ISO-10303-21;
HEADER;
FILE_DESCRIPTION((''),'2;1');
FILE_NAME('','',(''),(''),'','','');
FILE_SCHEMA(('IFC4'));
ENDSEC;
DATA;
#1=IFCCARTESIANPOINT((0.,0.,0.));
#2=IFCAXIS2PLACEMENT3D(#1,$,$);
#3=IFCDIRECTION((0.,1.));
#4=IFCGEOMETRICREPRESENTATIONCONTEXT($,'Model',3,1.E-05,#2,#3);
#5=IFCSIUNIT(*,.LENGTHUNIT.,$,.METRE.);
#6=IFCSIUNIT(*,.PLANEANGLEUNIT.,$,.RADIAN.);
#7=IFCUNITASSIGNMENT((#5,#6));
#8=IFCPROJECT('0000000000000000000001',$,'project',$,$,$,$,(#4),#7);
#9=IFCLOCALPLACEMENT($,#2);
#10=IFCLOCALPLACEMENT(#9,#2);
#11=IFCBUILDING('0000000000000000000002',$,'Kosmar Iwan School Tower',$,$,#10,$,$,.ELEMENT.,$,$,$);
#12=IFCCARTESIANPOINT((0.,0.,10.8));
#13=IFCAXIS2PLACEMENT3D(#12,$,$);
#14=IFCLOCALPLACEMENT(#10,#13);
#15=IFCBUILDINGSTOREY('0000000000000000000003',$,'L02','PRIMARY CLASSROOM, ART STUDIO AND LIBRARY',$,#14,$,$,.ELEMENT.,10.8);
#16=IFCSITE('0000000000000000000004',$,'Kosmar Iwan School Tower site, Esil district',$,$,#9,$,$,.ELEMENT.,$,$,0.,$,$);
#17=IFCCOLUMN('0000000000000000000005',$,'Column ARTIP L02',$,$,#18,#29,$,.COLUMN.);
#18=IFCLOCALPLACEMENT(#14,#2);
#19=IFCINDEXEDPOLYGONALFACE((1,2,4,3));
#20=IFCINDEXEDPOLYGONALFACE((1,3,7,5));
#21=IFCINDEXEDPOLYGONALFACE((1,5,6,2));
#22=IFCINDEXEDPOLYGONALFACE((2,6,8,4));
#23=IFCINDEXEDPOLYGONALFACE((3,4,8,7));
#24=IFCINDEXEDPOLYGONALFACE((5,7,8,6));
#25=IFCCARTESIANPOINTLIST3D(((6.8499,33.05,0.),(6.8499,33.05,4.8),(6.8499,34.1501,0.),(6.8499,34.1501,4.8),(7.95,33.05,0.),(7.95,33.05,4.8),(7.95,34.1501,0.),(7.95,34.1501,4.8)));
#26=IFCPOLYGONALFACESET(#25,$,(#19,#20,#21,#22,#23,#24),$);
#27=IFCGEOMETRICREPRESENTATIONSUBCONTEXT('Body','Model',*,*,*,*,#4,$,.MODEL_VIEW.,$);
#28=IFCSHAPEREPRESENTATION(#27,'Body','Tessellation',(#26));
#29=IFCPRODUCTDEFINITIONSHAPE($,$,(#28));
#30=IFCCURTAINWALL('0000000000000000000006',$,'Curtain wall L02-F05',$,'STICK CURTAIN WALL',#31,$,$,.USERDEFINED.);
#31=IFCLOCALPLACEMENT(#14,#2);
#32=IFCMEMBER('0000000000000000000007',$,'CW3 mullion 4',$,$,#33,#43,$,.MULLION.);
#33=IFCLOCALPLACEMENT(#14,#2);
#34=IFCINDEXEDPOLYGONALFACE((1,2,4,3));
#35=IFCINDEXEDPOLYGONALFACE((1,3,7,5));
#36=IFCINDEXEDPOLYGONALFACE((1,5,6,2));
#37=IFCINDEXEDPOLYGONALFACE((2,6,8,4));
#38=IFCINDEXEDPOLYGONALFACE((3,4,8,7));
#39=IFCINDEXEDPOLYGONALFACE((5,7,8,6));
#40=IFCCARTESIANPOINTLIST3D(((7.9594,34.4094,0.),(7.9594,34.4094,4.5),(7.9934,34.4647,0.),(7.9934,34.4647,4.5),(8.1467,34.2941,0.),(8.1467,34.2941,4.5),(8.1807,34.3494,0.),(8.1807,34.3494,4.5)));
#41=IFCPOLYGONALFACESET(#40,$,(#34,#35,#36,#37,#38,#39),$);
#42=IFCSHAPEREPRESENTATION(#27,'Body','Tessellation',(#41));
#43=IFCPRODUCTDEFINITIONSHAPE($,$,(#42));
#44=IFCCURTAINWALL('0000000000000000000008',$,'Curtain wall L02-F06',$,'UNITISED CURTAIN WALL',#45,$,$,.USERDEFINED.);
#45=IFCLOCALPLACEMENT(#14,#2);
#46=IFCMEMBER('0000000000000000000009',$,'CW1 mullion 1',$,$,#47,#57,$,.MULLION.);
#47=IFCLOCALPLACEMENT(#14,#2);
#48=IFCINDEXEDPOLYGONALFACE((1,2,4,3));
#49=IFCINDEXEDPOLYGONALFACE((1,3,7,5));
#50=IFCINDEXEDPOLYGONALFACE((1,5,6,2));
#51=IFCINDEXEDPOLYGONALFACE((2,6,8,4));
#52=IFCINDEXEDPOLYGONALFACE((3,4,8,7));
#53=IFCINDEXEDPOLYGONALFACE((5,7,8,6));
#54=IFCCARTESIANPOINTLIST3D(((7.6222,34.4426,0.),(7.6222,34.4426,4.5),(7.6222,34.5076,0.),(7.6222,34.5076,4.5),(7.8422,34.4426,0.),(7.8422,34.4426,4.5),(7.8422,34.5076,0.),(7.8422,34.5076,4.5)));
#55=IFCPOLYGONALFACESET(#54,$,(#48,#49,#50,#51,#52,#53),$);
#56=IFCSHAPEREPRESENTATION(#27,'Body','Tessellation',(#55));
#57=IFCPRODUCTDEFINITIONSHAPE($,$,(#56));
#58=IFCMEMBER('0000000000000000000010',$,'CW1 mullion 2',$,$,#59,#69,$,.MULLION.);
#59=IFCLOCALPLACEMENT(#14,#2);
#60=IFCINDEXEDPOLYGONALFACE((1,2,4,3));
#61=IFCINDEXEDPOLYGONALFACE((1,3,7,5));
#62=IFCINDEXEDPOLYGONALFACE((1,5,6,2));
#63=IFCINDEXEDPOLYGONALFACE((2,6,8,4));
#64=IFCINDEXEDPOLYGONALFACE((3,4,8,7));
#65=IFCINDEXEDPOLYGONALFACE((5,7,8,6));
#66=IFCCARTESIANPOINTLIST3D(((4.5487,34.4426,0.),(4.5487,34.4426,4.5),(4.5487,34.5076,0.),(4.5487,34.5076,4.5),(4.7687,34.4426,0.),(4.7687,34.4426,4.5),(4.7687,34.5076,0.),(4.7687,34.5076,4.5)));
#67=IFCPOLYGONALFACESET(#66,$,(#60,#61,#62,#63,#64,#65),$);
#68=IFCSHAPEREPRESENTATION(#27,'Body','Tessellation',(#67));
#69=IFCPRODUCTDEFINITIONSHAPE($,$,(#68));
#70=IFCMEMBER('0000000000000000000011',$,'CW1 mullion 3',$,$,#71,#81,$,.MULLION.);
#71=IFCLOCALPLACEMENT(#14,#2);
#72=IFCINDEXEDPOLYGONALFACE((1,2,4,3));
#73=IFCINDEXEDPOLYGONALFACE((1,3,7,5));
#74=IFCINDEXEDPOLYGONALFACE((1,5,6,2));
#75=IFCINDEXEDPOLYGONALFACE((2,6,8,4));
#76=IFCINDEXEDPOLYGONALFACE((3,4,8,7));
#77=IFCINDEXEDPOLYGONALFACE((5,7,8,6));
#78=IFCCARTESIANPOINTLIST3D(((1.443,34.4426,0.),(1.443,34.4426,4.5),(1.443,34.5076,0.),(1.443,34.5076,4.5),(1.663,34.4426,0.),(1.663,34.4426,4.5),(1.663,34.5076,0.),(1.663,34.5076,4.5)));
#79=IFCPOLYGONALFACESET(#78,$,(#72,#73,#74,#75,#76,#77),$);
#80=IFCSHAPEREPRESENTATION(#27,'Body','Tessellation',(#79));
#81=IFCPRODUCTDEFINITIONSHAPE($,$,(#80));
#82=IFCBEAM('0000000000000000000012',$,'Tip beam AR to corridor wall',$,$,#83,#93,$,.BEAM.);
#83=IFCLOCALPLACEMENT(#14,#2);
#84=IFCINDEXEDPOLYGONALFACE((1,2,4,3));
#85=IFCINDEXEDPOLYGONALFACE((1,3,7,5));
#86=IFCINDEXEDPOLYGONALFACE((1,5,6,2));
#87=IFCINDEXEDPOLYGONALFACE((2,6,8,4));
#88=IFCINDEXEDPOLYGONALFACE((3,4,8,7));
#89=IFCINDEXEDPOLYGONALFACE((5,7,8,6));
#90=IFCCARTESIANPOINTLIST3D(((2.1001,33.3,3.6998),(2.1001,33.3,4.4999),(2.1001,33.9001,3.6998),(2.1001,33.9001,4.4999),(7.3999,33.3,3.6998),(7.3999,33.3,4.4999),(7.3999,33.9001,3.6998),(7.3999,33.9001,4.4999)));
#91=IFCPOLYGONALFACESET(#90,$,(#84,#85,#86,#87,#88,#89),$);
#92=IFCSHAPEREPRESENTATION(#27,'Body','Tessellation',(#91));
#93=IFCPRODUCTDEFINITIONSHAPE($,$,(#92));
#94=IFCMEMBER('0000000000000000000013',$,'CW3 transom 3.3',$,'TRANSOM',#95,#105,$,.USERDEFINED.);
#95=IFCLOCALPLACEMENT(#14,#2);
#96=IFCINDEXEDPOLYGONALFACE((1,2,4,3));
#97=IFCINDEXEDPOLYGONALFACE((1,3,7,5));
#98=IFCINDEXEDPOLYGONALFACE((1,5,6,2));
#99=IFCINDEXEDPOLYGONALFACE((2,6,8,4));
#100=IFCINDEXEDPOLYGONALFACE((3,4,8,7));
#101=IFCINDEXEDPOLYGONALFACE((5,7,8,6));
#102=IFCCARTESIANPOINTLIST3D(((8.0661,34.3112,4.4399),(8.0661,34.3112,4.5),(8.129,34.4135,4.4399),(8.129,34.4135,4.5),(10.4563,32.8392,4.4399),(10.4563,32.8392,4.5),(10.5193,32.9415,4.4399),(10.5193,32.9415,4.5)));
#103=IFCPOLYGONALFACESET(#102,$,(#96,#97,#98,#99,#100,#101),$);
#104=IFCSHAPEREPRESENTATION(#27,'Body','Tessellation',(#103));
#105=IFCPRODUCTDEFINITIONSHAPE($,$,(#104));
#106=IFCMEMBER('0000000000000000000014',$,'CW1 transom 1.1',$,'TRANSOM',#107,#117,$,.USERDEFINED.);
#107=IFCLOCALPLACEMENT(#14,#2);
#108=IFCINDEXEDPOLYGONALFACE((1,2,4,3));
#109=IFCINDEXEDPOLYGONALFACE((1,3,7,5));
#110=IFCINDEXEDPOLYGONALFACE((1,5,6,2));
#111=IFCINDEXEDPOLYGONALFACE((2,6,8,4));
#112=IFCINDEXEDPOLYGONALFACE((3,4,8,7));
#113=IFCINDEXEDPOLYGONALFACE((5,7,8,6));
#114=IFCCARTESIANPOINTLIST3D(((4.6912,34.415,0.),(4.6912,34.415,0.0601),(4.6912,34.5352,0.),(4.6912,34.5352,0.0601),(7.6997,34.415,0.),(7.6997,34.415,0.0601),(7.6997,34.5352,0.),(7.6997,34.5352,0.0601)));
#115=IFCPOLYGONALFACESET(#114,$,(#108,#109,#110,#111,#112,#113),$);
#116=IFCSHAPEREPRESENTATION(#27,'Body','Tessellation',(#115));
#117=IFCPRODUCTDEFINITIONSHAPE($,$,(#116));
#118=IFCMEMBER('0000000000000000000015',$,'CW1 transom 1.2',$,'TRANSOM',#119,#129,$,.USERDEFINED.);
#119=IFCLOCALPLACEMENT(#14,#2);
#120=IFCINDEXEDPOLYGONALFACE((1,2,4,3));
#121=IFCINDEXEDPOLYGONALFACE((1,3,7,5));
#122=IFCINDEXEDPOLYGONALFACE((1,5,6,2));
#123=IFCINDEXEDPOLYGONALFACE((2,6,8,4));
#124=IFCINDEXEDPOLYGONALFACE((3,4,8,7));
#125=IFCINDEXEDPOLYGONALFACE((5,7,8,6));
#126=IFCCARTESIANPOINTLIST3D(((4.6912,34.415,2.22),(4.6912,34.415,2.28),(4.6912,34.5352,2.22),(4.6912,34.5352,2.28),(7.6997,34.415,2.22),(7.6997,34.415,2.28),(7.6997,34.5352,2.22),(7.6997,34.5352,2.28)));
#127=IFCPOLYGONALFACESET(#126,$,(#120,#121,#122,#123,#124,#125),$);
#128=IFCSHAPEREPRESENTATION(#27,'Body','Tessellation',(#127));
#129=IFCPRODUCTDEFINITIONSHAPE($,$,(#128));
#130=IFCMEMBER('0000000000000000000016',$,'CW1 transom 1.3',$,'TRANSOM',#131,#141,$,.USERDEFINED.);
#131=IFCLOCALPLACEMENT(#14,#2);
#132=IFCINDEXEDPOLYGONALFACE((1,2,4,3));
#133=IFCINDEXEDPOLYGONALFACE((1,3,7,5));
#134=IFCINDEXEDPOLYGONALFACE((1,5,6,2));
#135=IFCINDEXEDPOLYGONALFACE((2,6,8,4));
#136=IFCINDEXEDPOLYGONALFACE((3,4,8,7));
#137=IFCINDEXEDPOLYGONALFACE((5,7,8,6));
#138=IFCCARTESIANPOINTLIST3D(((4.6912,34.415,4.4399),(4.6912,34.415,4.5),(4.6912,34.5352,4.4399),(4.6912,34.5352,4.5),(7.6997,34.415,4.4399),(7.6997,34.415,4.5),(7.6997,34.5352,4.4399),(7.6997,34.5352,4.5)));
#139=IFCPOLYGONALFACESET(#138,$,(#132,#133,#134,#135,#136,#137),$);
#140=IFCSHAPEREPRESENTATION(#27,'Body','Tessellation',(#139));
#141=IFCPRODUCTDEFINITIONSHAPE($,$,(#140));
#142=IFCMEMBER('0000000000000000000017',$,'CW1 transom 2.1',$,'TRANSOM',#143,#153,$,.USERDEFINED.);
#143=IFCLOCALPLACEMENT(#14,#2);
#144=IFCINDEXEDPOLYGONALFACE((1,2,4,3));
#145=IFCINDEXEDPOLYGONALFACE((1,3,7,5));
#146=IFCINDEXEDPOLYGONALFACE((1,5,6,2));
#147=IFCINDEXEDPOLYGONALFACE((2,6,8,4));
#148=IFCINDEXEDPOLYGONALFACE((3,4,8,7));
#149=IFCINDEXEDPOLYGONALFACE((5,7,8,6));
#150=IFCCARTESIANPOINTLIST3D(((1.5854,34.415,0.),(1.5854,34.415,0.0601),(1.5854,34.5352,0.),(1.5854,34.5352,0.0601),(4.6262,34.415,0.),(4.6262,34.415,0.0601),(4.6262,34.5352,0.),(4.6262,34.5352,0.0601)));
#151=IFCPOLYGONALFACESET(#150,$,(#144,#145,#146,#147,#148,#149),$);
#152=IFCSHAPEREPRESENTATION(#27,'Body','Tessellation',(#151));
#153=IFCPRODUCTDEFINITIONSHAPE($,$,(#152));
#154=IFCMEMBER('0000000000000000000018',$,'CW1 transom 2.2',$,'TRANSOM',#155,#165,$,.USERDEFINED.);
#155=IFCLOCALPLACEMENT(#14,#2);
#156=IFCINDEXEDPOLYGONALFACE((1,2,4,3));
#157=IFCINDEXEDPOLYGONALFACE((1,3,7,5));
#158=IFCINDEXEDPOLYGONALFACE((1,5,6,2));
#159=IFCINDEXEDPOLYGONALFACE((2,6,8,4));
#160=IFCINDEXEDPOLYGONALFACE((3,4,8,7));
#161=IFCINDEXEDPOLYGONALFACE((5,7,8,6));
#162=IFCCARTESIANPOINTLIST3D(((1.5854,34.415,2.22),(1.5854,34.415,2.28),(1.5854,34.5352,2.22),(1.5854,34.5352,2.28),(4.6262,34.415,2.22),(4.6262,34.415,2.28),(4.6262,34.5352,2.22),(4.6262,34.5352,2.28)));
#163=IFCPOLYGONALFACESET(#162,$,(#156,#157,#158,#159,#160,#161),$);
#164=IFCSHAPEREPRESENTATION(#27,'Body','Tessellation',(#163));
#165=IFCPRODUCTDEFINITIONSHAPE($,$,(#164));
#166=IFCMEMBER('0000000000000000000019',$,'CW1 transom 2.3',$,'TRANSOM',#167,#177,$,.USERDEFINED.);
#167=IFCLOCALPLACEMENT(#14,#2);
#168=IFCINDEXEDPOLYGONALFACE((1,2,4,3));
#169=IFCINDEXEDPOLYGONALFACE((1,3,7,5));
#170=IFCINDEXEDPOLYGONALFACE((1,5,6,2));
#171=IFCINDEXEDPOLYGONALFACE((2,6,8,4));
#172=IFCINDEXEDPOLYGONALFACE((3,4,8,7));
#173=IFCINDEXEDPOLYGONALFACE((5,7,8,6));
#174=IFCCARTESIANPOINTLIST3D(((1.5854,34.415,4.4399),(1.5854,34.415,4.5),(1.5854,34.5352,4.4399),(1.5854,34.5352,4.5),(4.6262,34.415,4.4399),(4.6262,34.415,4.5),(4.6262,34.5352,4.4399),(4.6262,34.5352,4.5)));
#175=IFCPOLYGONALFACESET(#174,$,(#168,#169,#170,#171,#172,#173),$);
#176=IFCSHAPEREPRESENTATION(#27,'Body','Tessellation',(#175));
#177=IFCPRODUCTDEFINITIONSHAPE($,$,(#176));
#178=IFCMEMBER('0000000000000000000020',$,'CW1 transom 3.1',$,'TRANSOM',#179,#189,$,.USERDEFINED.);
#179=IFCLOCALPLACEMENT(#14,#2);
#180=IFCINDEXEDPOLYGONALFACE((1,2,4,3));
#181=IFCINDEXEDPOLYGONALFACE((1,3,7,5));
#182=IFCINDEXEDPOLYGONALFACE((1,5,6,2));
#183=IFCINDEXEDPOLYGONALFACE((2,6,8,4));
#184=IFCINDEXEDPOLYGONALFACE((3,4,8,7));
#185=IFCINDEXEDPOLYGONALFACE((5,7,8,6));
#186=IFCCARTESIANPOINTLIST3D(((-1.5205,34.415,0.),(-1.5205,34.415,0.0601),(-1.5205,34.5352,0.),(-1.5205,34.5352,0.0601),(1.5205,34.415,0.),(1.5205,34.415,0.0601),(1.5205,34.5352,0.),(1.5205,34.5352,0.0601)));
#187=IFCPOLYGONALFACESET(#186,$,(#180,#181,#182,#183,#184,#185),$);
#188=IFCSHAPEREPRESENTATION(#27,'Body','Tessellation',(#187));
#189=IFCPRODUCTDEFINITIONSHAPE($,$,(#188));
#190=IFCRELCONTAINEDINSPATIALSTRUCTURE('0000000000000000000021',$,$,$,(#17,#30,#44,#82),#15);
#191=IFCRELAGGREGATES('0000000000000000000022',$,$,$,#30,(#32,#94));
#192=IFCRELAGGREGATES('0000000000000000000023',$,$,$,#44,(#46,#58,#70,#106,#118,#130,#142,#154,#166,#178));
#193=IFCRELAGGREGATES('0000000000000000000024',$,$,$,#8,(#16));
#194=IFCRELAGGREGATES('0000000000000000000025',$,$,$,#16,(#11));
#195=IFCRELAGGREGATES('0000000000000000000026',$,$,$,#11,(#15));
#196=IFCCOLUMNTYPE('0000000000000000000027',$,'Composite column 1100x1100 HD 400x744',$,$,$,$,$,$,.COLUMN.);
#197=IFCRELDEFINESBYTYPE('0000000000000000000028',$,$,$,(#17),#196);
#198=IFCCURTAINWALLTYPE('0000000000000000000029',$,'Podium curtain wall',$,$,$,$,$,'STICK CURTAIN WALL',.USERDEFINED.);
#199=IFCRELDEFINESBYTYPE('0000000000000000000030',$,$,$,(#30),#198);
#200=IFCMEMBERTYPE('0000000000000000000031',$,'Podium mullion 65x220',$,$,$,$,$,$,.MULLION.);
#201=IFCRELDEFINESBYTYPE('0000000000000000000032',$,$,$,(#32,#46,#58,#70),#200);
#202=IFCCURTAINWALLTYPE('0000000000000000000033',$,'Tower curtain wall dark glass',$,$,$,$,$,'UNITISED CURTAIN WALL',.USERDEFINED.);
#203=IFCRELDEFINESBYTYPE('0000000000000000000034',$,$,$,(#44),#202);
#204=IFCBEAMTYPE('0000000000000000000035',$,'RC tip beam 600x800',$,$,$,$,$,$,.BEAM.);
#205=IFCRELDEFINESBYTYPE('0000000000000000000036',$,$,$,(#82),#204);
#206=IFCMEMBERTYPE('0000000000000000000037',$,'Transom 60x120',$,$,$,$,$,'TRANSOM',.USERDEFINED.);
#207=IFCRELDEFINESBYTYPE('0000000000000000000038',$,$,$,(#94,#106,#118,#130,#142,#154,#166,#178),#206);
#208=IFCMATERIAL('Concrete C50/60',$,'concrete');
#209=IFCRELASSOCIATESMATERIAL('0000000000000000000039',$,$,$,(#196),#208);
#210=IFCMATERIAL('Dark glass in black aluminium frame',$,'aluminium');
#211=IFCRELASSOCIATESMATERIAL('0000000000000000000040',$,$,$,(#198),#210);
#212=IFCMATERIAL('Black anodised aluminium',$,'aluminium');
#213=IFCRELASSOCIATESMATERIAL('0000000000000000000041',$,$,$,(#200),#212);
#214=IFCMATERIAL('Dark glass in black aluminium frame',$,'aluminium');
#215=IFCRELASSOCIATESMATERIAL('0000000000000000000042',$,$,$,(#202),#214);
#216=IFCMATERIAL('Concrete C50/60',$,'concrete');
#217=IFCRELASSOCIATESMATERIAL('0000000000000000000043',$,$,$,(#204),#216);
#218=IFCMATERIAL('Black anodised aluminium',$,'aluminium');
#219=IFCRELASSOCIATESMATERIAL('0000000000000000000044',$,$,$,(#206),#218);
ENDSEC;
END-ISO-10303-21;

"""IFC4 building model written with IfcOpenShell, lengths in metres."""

from ifc_helpers import new_model, si_unit, direction, frame, origin, origin_2d, place, context, subcontext, project, spatial, rectangle, extrude, material, material_profile, profile_set, type_object, element, aggregate, save


model = new_model("IFC4")

# Units and contexts
model_context = context("Model", 3, precision=1e-05, world=origin(), true_north=direction((0.0, 1.0)))
body_context = subcontext(model_context, "Body", "Model", "MODEL_VIEW")
ifc_project = project(units=[si_unit("LENGTHUNIT", "METRE"), si_unit("PLANEANGLEUNIT", "RADIAN")], contexts=[model_context])

# Site, building, storey
site_placement = place(None, origin())
site = spatial("IfcSite", under=ifc_project, at=site_placement, Name="Kosmar Iwan School Tower site, Esil district", CompositionType="ELEMENT", RefElevation=0.0)
building_placement = place(site_placement, origin())
building = spatial("IfcBuilding", under=site, at=building_placement, Name="Kosmar Iwan School Tower", CompositionType="ELEMENT")
storey_placement = place(building_placement, frame((0.0, 0.0, 10.8)))
storey = spatial("IfcBuildingStorey", under=building, at=storey_placement, Name="L02", Description="PRIMARY CLASSROOM, ART STUDIO AND LIBRARY", CompositionType="ELEMENT", Elevation=10.8)

# Column
ifc_material_1 = material(Name="Concrete C50/60", Category="concrete")
ifc_material_profile_1 = material_profile(ifc_material_1, rectangle(XDim=1.1001, YDim=1.1001, at=origin_2d()), Name="RC 1100x1100 + HD 400x744")
ifc_profile_set_1 = profile_set([ifc_material_profile_1], Name="Concrete C50/60")
column_type = type_object("IfcColumnType", Name="Composite column 1100x1100 HD 400x744", PredefinedType="COLUMN", material=ifc_profile_set_1)
column_placement = place(storey_placement, frame((7.3999, 33.6001, 0.0), z_axis=(0.0, 0.0, 1.0), x_axis=(0.0, 1.0, 0.0)))
element("IfcColumn", 1, at=column_placement, inside=storey, type_object=column_type, Name="Column ARTIP L02", PredefinedType="COLUMN", context=body_context, shape_type="SweptSolid", body=[
    extrude(rectangle(XDim=1.1001, YDim=1.1001, at=origin_2d()), origin(), (0.0, 0.0, 1.0), 4.8),
])

# Curtain wall, member
ifc_material_2 = material(Name="Dark glass in black aluminium frame", Category="aluminium")
curtain_wall_type_1 = type_object("IfcCurtainWallType", Name="Podium curtain wall", ElementType="STICK CURTAIN WALL", PredefinedType="USERDEFINED", material=ifc_material_2)
curtain_wall_1_placement = place(storey_placement, origin())
curtain_wall_1 = element("IfcCurtainWall", 2, at=curtain_wall_1_placement, inside=storey, type_object=curtain_wall_type_1, Name="Curtain wall L02-F05", ObjectType="STICK CURTAIN WALL", PredefinedType="USERDEFINED")
ifc_material_3 = material(Name="Black anodised aluminium", Category="aluminium")
ifc_material_profile_2 = material_profile(ifc_material_3, rectangle(XDim=0.0649, YDim=0.22, at=origin_2d()), Name="MULLION 65x220")
ifc_profile_set_2 = profile_set([ifc_material_profile_2], Name="Black anodised aluminium")
member_type_1 = type_object("IfcMemberType", Name="Podium mullion 65x220", PredefinedType="MULLION", material=ifc_profile_set_2)
member_1_placement = place(storey_placement, frame((8.0701, 34.3794, 0.0), z_axis=(0.0, 0.0, 1.0), x_axis=(-0.524382, -0.851483, 0.0)))
member_1 = element("IfcMember", 3, at=member_1_placement, type_object=member_type_1, Name="CW3 mullion 4", PredefinedType="MULLION", context=body_context, shape_type="SweptSolid", body=[
    extrude(rectangle(XDim=0.0649, YDim=0.22, at=origin_2d()), origin(), (0.0, 0.0, 1.0), 4.5),
])

# Curtain wall, members
ifc_material_4 = material(Name="Dark glass in black aluminium frame", Category="aluminium")
curtain_wall_type_2 = type_object("IfcCurtainWallType", Name="Tower curtain wall dark glass", ElementType="UNITISED CURTAIN WALL", PredefinedType="USERDEFINED", material=ifc_material_4)
curtain_wall_2_placement = place(storey_placement, origin())
curtain_wall_2 = element("IfcCurtainWall", 4, at=curtain_wall_2_placement, inside=storey, type_object=curtain_wall_type_2, Name="Curtain wall L02-F06", ObjectType="UNITISED CURTAIN WALL", PredefinedType="USERDEFINED")
member_2_placement = place(storey_placement, frame((7.7322, 34.4751, 0.0), z_axis=(0.0, 0.0, 1.0), x_axis=(0.0, -1.0, 0.0)))
member_2 = element("IfcMember", 5, at=member_2_placement, type_object=member_type_1, Name="CW1 mullion 1", PredefinedType="MULLION", context=body_context, shape_type="SweptSolid", body=[
    extrude(rectangle(XDim=0.0649, YDim=0.22, at=origin_2d()), origin(), (0.0, 0.0, 1.0), 4.5),
])
member_3_placement = place(storey_placement, frame((4.6587, 34.4751, 0.0), z_axis=(0.0, 0.0, 1.0), x_axis=(0.0, -1.0, 0.0)))
member_3 = element("IfcMember", 6, at=member_3_placement, type_object=member_type_1, Name="CW1 mullion 2", PredefinedType="MULLION", context=body_context, shape_type="SweptSolid", body=[
    extrude(rectangle(XDim=0.0649, YDim=0.22, at=origin_2d()), origin(), (0.0, 0.0, 1.0), 4.5),
])
member_4_placement = place(storey_placement, frame((1.553, 34.4751, 0.0), z_axis=(0.0, 0.0, 1.0), x_axis=(0.0, -1.0, 0.0)))
member_4 = element("IfcMember", 7, at=member_4_placement, type_object=member_type_1, Name="CW1 mullion 3", PredefinedType="MULLION", context=body_context, shape_type="SweptSolid", body=[
    extrude(rectangle(XDim=0.0649, YDim=0.22, at=origin_2d()), origin(), (0.0, 0.0, 1.0), 4.5),
])

# Beam
ifc_material_5 = material(Name="Concrete C50/60", Category="concrete")
ifc_material_profile_3 = material_profile(ifc_material_5, rectangle(XDim=0.6001, YDim=0.8, at=origin_2d()), Name="RC 600x800")
ifc_profile_set_3 = profile_set([ifc_material_profile_3], Name="Concrete C50/60")
beam_type = type_object("IfcBeamType", Name="RC tip beam 600x800", PredefinedType="BEAM", material=ifc_profile_set_3)
beam_placement = place(storey_placement, frame((7.3999, 33.6001, 4.0999), z_axis=(-1.0, 0.0, 0.0), x_axis=(0.0, -1.0, 0.0)))
element("IfcBeam", 8, at=beam_placement, inside=storey, type_object=beam_type, Name="Tip beam AR to corridor wall", PredefinedType="BEAM", context=body_context, shape_type="SweptSolid", body=[
    extrude(rectangle(XDim=0.6001, YDim=0.8, at=origin_2d()), origin(), (0.0, 0.0, 1.0), 5.2998),
])

# Members
ifc_material_6 = material(Name="Black anodised aluminium", Category="aluminium")
ifc_material_profile_4 = material_profile(ifc_material_6, rectangle(XDim=0.1201, YDim=0.0601, at=origin_2d()), Name="TRANSOM 60x120")
ifc_profile_set_4 = profile_set([ifc_material_profile_4], Name="Black anodised aluminium")
member_type_2 = type_object("IfcMemberType", Name="Transom 60x120", ElementType="TRANSOM", PredefinedType="USERDEFINED", material=ifc_profile_set_4)
member_5_placement = place(storey_placement, frame((10.4878, 32.8904, 4.47), z_axis=(-0.851488, 0.524374, 0.0), x_axis=(-0.524374, -0.851488, 0.0)))
member_5 = element("IfcMember", 9, at=member_5_placement, type_object=member_type_2, Name="CW3 transom 3.3", ObjectType="TRANSOM", PredefinedType="USERDEFINED", context=body_context, shape_type="SweptSolid", body=[
    extrude(rectangle(XDim=0.1201, YDim=0.0601, at=origin_2d()), origin(), (0.0, 0.0, 1.0), 2.8071),
])
member_6_placement = place(storey_placement, frame((7.6997, 34.4751, 0.03), z_axis=(-1.0, 0.0, 0.0), x_axis=(0.0, -1.0, 0.0)))
member_6 = element("IfcMember", 10, at=member_6_placement, type_object=member_type_2, Name="CW1 transom 1.1", ObjectType="TRANSOM", PredefinedType="USERDEFINED", context=body_context, shape_type="SweptSolid", body=[
    extrude(rectangle(XDim=0.1201, YDim=0.0601, at=origin_2d()), origin(), (0.0, 0.0, 1.0), 3.0085),
])
member_7_placement = place(storey_placement, frame((7.6997, 34.4751, 2.25), z_axis=(-1.0, 0.0, 0.0), x_axis=(0.0, -1.0, 0.0)))
member_7 = element("IfcMember", 11, at=member_7_placement, type_object=member_type_2, Name="CW1 transom 1.2", ObjectType="TRANSOM", PredefinedType="USERDEFINED", context=body_context, shape_type="SweptSolid", body=[
    extrude(rectangle(XDim=0.1201, YDim=0.0601, at=origin_2d()), origin(), (0.0, 0.0, 1.0), 3.0085),
])
member_8_placement = place(storey_placement, frame((7.6997, 34.4751, 4.47), z_axis=(-1.0, 0.0, 0.0), x_axis=(0.0, -1.0, 0.0)))
member_8 = element("IfcMember", 12, at=member_8_placement, type_object=member_type_2, Name="CW1 transom 1.3", ObjectType="TRANSOM", PredefinedType="USERDEFINED", context=body_context, shape_type="SweptSolid", body=[
    extrude(rectangle(XDim=0.1201, YDim=0.0601, at=origin_2d()), origin(), (0.0, 0.0, 1.0), 3.0085),
])
member_9_placement = place(storey_placement, frame((4.6262, 34.4751, 0.03), z_axis=(-1.0, 0.0, 0.0), x_axis=(0.0, -1.0, 0.0)))
member_9 = element("IfcMember", 13, at=member_9_placement, type_object=member_type_2, Name="CW1 transom 2.1", ObjectType="TRANSOM", PredefinedType="USERDEFINED", context=body_context, shape_type="SweptSolid", body=[
    extrude(rectangle(XDim=0.1201, YDim=0.0601, at=origin_2d()), origin(), (0.0, 0.0, 1.0), 3.0408),
])
member_10_placement = place(storey_placement, frame((4.6262, 34.4751, 2.25), z_axis=(-1.0, 0.0, 0.0), x_axis=(0.0, -1.0, 0.0)))
member_10 = element("IfcMember", 14, at=member_10_placement, type_object=member_type_2, Name="CW1 transom 2.2", ObjectType="TRANSOM", PredefinedType="USERDEFINED", context=body_context, shape_type="SweptSolid", body=[
    extrude(rectangle(XDim=0.1201, YDim=0.0601, at=origin_2d()), origin(), (0.0, 0.0, 1.0), 3.0408),
])
member_11_placement = place(storey_placement, frame((4.6262, 34.4751, 4.47), z_axis=(-1.0, 0.0, 0.0), x_axis=(0.0, -1.0, 0.0)))
member_11 = element("IfcMember", 15, at=member_11_placement, type_object=member_type_2, Name="CW1 transom 2.3", ObjectType="TRANSOM", PredefinedType="USERDEFINED", context=body_context, shape_type="SweptSolid", body=[
    extrude(rectangle(XDim=0.1201, YDim=0.0601, at=origin_2d()), origin(), (0.0, 0.0, 1.0), 3.0408),
])
member_12_placement = place(storey_placement, frame((1.5205, 34.4751, 0.03), z_axis=(-1.0, 0.0, 0.0), x_axis=(0.0, -1.0, 0.0)))
member_12 = element("IfcMember", 16, at=member_12_placement, type_object=member_type_2, Name="CW1 transom 3.1", ObjectType="TRANSOM", PredefinedType="USERDEFINED", context=body_context, shape_type="SweptSolid", body=[
    extrude(rectangle(XDim=0.1201, YDim=0.0601, at=origin_2d()), origin(), (0.0, 0.0, 1.0), 3.041),
])

aggregate(curtain_wall_1, [member_1, member_5])
aggregate(curtain_wall_2, [member_2, member_3, member_4, member_6, member_7, member_8, member_9, member_10, member_11, member_12])

save(model, "model.ifc")
